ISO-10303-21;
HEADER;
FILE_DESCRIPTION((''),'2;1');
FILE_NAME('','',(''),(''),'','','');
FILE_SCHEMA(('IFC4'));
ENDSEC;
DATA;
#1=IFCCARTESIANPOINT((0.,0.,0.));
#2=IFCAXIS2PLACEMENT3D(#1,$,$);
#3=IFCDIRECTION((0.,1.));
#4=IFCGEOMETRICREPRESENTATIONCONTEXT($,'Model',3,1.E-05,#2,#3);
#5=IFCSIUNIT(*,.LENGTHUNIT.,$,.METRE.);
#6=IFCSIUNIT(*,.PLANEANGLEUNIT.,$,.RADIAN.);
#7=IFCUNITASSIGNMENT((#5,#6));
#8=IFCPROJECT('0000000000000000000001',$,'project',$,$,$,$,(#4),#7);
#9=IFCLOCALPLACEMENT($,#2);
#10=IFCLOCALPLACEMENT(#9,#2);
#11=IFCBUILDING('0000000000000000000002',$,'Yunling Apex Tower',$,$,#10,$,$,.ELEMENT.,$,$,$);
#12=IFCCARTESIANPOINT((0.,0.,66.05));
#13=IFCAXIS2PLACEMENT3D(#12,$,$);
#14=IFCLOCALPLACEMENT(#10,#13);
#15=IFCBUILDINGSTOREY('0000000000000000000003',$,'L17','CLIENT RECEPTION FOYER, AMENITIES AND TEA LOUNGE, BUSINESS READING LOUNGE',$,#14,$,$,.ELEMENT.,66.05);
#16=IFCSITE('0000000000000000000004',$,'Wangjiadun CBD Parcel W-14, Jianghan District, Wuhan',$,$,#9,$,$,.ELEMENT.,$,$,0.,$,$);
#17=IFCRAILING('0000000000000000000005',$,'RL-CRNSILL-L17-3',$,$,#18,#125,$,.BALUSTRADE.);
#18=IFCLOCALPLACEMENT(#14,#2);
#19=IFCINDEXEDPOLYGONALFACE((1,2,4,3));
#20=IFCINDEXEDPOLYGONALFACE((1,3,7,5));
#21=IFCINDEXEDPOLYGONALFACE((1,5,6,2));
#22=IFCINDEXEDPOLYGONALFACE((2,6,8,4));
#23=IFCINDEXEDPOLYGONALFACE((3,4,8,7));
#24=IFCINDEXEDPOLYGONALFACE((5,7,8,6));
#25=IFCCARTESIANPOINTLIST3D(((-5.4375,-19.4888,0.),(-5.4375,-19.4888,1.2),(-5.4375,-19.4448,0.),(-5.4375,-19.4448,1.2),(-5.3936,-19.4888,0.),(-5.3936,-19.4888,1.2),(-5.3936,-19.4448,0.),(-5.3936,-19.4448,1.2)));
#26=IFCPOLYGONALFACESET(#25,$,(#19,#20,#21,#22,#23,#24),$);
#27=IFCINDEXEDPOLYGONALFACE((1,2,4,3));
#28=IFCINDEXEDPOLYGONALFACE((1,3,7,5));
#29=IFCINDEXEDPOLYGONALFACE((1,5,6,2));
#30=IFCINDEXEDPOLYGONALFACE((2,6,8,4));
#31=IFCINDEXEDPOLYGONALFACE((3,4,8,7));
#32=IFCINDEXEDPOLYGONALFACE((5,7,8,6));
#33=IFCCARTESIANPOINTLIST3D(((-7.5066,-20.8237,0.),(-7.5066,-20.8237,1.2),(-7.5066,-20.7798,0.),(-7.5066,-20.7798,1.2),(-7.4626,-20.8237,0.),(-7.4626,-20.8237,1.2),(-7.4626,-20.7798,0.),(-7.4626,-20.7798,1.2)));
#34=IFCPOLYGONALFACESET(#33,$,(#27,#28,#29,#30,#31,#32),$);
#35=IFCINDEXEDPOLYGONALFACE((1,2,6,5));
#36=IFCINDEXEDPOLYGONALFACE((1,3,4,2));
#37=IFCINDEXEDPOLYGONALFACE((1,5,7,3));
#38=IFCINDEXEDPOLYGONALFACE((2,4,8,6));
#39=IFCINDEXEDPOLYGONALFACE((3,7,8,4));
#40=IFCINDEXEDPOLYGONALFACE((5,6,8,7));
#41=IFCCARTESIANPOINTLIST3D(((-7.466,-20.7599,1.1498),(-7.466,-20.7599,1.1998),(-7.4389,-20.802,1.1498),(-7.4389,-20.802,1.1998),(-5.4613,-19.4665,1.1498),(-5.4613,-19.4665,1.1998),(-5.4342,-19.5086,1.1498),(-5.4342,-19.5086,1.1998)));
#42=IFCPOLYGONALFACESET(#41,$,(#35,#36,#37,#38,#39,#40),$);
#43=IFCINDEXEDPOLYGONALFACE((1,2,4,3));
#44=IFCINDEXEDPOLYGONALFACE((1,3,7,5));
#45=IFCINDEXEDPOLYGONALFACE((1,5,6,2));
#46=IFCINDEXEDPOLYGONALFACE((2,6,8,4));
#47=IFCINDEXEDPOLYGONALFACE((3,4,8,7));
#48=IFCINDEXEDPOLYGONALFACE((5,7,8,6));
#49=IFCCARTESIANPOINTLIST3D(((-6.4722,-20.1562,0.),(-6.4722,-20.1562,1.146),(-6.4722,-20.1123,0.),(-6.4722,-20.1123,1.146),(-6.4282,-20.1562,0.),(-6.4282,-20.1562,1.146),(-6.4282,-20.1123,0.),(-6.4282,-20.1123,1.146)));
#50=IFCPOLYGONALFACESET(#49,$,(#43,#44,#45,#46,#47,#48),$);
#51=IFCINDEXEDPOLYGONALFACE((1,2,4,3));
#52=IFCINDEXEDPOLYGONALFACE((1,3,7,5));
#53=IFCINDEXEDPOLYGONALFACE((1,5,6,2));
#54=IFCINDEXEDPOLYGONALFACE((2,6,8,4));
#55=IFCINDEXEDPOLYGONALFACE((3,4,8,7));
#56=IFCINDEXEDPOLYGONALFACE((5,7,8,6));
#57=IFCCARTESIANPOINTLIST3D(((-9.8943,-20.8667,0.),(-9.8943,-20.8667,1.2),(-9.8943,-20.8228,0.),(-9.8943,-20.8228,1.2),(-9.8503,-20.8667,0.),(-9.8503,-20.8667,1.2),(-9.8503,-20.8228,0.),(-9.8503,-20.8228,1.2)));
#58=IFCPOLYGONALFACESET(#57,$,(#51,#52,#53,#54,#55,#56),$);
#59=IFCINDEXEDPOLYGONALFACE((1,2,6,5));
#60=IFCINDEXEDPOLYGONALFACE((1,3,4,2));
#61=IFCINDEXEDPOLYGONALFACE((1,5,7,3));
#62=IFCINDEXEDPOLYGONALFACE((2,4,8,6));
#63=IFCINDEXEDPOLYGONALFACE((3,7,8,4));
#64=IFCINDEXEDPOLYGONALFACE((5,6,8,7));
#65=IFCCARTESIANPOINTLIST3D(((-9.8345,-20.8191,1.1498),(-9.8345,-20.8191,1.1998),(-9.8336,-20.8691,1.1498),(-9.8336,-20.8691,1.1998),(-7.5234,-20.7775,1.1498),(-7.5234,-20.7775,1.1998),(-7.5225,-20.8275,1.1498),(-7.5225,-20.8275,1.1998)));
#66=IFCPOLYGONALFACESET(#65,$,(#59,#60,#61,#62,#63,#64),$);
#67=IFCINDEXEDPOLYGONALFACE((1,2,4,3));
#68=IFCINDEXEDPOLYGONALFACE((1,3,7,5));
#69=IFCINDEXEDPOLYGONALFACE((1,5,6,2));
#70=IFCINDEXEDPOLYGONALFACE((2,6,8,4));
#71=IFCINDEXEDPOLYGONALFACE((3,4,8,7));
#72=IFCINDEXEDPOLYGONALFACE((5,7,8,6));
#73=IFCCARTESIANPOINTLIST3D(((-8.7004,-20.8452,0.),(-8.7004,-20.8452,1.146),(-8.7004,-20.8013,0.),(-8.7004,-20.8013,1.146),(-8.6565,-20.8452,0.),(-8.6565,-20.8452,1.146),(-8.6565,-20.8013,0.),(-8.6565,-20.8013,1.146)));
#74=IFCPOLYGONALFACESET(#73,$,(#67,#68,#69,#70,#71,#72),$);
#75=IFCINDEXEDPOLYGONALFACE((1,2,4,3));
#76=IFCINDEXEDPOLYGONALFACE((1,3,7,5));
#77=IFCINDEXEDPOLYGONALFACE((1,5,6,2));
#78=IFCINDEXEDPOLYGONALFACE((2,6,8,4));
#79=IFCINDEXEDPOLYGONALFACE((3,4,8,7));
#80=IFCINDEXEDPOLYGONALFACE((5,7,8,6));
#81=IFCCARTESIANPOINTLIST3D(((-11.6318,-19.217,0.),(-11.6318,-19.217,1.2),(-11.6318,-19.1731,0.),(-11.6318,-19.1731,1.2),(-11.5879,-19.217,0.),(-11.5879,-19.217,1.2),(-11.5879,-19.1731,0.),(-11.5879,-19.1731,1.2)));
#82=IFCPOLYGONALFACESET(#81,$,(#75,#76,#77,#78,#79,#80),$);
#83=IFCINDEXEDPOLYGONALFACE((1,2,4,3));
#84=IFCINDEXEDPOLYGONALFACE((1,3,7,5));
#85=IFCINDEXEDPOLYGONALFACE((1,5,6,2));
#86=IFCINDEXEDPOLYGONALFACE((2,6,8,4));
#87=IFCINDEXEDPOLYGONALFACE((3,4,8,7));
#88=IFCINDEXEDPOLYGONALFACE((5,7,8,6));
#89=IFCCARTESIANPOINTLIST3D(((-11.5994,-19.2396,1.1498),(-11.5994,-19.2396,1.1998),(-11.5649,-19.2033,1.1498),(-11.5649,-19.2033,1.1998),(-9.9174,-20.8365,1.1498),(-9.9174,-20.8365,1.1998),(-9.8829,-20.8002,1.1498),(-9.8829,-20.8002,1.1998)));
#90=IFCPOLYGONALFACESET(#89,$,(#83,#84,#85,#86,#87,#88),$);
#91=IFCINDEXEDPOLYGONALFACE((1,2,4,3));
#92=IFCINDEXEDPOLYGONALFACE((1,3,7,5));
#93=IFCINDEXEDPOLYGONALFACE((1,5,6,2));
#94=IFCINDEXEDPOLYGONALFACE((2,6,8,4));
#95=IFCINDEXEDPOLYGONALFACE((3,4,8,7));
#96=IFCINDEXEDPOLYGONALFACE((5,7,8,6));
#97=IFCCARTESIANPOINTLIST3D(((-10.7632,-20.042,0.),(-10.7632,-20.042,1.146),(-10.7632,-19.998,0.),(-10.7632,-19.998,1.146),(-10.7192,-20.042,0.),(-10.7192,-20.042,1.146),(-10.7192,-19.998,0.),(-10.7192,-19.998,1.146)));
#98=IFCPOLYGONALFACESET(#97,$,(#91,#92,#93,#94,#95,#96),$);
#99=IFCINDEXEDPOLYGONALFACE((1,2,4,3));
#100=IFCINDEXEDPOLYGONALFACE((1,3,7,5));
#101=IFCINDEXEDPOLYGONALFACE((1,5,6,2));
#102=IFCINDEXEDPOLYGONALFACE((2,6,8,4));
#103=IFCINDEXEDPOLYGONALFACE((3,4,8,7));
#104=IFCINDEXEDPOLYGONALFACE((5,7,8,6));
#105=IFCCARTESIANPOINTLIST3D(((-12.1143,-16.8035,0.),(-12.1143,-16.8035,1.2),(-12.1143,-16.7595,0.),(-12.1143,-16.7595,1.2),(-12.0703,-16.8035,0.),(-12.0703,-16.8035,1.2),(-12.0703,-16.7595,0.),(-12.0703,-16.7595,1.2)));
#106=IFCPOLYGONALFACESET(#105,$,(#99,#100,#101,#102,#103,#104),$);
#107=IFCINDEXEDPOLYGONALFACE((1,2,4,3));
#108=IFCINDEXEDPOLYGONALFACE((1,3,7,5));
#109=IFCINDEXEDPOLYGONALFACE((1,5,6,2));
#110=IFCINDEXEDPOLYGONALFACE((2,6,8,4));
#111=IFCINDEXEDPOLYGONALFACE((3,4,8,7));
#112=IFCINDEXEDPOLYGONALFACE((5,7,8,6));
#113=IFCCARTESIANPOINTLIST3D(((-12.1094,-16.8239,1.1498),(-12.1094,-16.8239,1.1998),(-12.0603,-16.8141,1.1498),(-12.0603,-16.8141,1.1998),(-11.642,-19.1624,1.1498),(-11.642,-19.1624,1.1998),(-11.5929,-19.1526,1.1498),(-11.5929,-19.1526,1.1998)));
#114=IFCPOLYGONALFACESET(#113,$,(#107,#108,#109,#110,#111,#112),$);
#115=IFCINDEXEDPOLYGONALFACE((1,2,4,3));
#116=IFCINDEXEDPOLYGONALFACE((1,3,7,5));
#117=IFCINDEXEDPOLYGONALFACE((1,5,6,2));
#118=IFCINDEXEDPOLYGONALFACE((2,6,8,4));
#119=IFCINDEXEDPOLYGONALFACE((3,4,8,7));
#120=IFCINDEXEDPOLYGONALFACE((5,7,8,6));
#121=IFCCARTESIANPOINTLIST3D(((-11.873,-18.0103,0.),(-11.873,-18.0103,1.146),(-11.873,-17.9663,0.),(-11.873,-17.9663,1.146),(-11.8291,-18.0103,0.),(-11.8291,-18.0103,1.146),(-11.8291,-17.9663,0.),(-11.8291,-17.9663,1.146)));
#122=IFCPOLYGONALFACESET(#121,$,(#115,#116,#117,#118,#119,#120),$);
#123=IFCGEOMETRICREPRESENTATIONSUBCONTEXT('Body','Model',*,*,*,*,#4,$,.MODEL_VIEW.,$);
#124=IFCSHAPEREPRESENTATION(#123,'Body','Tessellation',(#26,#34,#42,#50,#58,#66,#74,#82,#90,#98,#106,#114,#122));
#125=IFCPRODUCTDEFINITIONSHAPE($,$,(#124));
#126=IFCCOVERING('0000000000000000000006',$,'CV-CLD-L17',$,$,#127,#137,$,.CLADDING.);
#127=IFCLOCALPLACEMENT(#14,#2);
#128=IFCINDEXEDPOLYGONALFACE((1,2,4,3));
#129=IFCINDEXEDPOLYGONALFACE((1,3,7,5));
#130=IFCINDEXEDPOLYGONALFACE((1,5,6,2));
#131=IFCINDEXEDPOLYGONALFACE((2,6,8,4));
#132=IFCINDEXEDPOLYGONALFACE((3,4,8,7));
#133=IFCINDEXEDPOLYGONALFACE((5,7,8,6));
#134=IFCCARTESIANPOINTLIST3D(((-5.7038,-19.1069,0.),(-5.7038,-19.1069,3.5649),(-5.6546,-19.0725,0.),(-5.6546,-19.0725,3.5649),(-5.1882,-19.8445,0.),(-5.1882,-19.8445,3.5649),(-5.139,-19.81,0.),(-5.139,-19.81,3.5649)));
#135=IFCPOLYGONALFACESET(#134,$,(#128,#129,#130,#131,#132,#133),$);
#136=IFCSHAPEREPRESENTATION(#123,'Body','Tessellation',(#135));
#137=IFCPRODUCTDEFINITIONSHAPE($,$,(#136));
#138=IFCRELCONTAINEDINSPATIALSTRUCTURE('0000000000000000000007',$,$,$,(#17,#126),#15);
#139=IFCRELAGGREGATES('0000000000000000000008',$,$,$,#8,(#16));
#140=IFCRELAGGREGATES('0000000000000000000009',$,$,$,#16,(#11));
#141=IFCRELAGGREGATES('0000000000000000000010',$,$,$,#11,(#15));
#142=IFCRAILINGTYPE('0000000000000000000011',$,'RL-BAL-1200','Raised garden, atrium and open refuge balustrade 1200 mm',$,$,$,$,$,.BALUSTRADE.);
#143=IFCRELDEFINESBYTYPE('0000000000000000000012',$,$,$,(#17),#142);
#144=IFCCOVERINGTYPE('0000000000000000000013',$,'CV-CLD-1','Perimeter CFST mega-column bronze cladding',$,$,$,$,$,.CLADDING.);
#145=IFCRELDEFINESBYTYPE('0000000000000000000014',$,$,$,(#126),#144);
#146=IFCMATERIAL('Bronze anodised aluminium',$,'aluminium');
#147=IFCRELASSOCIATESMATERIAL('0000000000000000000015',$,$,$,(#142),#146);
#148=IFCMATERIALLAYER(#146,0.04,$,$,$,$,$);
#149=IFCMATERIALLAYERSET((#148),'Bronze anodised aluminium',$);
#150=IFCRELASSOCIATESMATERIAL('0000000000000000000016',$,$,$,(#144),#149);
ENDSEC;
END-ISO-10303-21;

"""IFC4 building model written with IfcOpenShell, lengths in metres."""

from ifc_helpers import new_model, si_unit, direction, frame, origin, origin_2d, place, context, subcontext, project, spatial, rectangle, extrude, source, transform, mapped, material, layer, layer_set, type_object, element, save


model = new_model("IFC4")

# Units and contexts
model_context = context("Model", 3, precision=1e-05, world=origin(), true_north=direction((0.0, 1.0)))
body_context = subcontext(model_context, "Body", "Model", "MODEL_VIEW")
ifc_project = project(units=[si_unit("LENGTHUNIT", "METRE"), si_unit("PLANEANGLEUNIT", "RADIAN")], contexts=[model_context])

# Site, building, storey
site_placement = place(None, origin())
site = spatial("IfcSite", under=ifc_project, at=site_placement, Name="Wangjiadun CBD Parcel W-14, Jianghan District, Wuhan", CompositionType="ELEMENT", RefElevation=0.0)
building_placement = place(site_placement, origin())
building = spatial("IfcBuilding", under=site, at=building_placement, Name="Yunling Apex Tower", CompositionType="ELEMENT")
storey_placement = place(building_placement, frame((0.0, 0.0, 66.05)))
storey = spatial("IfcBuildingStorey", under=building, at=storey_placement, Name="L17", Description="CLIENT RECEPTION FOYER, AMENITIES AND TEA LOUNGE, BUSINESS READING LOUNGE", CompositionType="ELEMENT", Elevation=66.05)

# Shared definitions
ifc_material_1 = material(Name="Bronze anodised aluminium", Category="aluminium")

# Railing
railing_type = type_object("IfcRailingType", Name="RL-BAL-1200", Description="Raised garden, atrium and open refuge balustrade 1200 mm", PredefinedType="BALUSTRADE", material=ifc_material_1)
railing_placement = place(storey_placement, frame((-5.4155, -19.4668, 0.0)))
element("IfcRailing", 1, at=railing_placement, inside=storey, type_object=railing_type, Name="RL-CRNSILL-L17-3", PredefinedType="BALUSTRADE", context=body_context, shape_type="SweptSolid", body=[
    extrude(rectangle(XDim=0.0439, YDim=0.0439, at=origin_2d()), origin(), (0.0, 0.0, 1.0), 1.2),
    extrude(rectangle(XDim=0.0439, YDim=0.0439, at=origin_2d()), frame((-2.0691, -1.335, 0.0)), (0.0, 0.0, 1.0), 1.2),
    extrude(rectangle(XDim=0.05, YDim=0.05, at=origin_2d()), frame((-0.0322, -0.0208, 1.1748), z_axis=(-0.840285, -0.542145, 0.0), x_axis=(0.542145, -0.840285, 0.0)), (0.0, 0.0, 1.0), 2.3857),
    extrude(rectangle(XDim=0.0439, YDim=0.0439, at=origin_2d()), frame((-1.0347, -0.6675, 0.0)), (0.0, 0.0, 1.0), 1.146),
    extrude(rectangle(XDim=0.0439, YDim=0.0439, at=origin_2d()), frame((-4.4568, -1.3779, 0.0)), (0.0, 0.0, 1.0), 1.2),
    extrude(rectangle(XDim=0.05, YDim=0.05, at=origin_2d()), frame((-2.1074, -1.3357, 1.1748), z_axis=(-0.999838, -0.017993, 0.0), x_axis=(0.017993, -0.999838, 0.0)), (0.0, 0.0, 1.0), 2.3115),
    extrude(rectangle(XDim=0.0439, YDim=0.0439, at=origin_2d()), frame((-3.2629, -1.3564, 0.0)), (0.0, 0.0, 1.0), 1.146),
    extrude(rectangle(XDim=0.0439, YDim=0.0439, at=origin_2d()), frame((-6.1943, 0.2717, 0.0)), (0.0, 0.0, 1.0), 1.2),
    extrude(rectangle(XDim=0.05, YDim=0.05, at=origin_2d()), frame((-4.4846, -1.3516, 1.1748), z_axis=(-0.725211, 0.688527, 0.0), x_axis=(-0.688527, -0.725211, 0.0)), (0.0, 0.0, 1.0), 2.3193),
    extrude(rectangle(XDim=0.0439, YDim=0.0439, at=origin_2d()), frame((-5.3257, -0.5532, 0.0)), (0.0, 0.0, 1.0), 1.146),
    extrude(rectangle(XDim=0.0439, YDim=0.0439, at=origin_2d()), frame((-6.6768, 2.6853, 0.0)), (0.0, 0.0, 1.0), 1.2),
    extrude(rectangle(XDim=0.05, YDim=0.05, at=origin_2d()), frame((-6.2019, 0.3093, 1.1748), z_axis=(-0.196002, 0.980604, 0.0), x_axis=(-0.980604, -0.196002, 0.0)), (0.0, 0.0, 1.0), 2.3848),
    extrude(rectangle(XDim=0.0439, YDim=0.0439, at=origin_2d()), frame((-6.4355, 1.4785, 0.0)), (0.0, 0.0, 1.0), 1.146),
])

# Covering
ifc_layer_1 = layer(ifc_material_1, 0.04)
ifc_layer_set_1 = layer_set([ifc_layer_1], Name="Bronze anodised aluminium")
covering_type = type_object("IfcCoveringType", Name="CV-CLD-1", Description="Perimeter CFST mega-column bronze cladding", PredefinedType="CLADDING", material=ifc_layer_set_1)
shared_shape_1 = source(origin(), body_context, "Body", "SweptSolid", [
    extrude(rectangle(XDim=0.0601, YDim=0.8999, at=origin_2d()), origin(), (0.0, 0.0, 1.0), 3.5649),
])
covering_placement = place(storey_placement, frame((-5.4214, -19.4585, 0.0), z_axis=(0.0, 0.0, 1.0), x_axis=(0.819552, 0.573004, 0.0)))
element("IfcCovering", 2, at=covering_placement, inside=storey, type_object=covering_type, Name="CV-CLD-L17", PredefinedType="CLADDING", context=body_context, shape_type="MappedRepresentation", body=[
    mapped(shared_shape_1, transform((0.0, 0.0, 0.0), scale=1.0)),
])

save(model, "model.ifc")
